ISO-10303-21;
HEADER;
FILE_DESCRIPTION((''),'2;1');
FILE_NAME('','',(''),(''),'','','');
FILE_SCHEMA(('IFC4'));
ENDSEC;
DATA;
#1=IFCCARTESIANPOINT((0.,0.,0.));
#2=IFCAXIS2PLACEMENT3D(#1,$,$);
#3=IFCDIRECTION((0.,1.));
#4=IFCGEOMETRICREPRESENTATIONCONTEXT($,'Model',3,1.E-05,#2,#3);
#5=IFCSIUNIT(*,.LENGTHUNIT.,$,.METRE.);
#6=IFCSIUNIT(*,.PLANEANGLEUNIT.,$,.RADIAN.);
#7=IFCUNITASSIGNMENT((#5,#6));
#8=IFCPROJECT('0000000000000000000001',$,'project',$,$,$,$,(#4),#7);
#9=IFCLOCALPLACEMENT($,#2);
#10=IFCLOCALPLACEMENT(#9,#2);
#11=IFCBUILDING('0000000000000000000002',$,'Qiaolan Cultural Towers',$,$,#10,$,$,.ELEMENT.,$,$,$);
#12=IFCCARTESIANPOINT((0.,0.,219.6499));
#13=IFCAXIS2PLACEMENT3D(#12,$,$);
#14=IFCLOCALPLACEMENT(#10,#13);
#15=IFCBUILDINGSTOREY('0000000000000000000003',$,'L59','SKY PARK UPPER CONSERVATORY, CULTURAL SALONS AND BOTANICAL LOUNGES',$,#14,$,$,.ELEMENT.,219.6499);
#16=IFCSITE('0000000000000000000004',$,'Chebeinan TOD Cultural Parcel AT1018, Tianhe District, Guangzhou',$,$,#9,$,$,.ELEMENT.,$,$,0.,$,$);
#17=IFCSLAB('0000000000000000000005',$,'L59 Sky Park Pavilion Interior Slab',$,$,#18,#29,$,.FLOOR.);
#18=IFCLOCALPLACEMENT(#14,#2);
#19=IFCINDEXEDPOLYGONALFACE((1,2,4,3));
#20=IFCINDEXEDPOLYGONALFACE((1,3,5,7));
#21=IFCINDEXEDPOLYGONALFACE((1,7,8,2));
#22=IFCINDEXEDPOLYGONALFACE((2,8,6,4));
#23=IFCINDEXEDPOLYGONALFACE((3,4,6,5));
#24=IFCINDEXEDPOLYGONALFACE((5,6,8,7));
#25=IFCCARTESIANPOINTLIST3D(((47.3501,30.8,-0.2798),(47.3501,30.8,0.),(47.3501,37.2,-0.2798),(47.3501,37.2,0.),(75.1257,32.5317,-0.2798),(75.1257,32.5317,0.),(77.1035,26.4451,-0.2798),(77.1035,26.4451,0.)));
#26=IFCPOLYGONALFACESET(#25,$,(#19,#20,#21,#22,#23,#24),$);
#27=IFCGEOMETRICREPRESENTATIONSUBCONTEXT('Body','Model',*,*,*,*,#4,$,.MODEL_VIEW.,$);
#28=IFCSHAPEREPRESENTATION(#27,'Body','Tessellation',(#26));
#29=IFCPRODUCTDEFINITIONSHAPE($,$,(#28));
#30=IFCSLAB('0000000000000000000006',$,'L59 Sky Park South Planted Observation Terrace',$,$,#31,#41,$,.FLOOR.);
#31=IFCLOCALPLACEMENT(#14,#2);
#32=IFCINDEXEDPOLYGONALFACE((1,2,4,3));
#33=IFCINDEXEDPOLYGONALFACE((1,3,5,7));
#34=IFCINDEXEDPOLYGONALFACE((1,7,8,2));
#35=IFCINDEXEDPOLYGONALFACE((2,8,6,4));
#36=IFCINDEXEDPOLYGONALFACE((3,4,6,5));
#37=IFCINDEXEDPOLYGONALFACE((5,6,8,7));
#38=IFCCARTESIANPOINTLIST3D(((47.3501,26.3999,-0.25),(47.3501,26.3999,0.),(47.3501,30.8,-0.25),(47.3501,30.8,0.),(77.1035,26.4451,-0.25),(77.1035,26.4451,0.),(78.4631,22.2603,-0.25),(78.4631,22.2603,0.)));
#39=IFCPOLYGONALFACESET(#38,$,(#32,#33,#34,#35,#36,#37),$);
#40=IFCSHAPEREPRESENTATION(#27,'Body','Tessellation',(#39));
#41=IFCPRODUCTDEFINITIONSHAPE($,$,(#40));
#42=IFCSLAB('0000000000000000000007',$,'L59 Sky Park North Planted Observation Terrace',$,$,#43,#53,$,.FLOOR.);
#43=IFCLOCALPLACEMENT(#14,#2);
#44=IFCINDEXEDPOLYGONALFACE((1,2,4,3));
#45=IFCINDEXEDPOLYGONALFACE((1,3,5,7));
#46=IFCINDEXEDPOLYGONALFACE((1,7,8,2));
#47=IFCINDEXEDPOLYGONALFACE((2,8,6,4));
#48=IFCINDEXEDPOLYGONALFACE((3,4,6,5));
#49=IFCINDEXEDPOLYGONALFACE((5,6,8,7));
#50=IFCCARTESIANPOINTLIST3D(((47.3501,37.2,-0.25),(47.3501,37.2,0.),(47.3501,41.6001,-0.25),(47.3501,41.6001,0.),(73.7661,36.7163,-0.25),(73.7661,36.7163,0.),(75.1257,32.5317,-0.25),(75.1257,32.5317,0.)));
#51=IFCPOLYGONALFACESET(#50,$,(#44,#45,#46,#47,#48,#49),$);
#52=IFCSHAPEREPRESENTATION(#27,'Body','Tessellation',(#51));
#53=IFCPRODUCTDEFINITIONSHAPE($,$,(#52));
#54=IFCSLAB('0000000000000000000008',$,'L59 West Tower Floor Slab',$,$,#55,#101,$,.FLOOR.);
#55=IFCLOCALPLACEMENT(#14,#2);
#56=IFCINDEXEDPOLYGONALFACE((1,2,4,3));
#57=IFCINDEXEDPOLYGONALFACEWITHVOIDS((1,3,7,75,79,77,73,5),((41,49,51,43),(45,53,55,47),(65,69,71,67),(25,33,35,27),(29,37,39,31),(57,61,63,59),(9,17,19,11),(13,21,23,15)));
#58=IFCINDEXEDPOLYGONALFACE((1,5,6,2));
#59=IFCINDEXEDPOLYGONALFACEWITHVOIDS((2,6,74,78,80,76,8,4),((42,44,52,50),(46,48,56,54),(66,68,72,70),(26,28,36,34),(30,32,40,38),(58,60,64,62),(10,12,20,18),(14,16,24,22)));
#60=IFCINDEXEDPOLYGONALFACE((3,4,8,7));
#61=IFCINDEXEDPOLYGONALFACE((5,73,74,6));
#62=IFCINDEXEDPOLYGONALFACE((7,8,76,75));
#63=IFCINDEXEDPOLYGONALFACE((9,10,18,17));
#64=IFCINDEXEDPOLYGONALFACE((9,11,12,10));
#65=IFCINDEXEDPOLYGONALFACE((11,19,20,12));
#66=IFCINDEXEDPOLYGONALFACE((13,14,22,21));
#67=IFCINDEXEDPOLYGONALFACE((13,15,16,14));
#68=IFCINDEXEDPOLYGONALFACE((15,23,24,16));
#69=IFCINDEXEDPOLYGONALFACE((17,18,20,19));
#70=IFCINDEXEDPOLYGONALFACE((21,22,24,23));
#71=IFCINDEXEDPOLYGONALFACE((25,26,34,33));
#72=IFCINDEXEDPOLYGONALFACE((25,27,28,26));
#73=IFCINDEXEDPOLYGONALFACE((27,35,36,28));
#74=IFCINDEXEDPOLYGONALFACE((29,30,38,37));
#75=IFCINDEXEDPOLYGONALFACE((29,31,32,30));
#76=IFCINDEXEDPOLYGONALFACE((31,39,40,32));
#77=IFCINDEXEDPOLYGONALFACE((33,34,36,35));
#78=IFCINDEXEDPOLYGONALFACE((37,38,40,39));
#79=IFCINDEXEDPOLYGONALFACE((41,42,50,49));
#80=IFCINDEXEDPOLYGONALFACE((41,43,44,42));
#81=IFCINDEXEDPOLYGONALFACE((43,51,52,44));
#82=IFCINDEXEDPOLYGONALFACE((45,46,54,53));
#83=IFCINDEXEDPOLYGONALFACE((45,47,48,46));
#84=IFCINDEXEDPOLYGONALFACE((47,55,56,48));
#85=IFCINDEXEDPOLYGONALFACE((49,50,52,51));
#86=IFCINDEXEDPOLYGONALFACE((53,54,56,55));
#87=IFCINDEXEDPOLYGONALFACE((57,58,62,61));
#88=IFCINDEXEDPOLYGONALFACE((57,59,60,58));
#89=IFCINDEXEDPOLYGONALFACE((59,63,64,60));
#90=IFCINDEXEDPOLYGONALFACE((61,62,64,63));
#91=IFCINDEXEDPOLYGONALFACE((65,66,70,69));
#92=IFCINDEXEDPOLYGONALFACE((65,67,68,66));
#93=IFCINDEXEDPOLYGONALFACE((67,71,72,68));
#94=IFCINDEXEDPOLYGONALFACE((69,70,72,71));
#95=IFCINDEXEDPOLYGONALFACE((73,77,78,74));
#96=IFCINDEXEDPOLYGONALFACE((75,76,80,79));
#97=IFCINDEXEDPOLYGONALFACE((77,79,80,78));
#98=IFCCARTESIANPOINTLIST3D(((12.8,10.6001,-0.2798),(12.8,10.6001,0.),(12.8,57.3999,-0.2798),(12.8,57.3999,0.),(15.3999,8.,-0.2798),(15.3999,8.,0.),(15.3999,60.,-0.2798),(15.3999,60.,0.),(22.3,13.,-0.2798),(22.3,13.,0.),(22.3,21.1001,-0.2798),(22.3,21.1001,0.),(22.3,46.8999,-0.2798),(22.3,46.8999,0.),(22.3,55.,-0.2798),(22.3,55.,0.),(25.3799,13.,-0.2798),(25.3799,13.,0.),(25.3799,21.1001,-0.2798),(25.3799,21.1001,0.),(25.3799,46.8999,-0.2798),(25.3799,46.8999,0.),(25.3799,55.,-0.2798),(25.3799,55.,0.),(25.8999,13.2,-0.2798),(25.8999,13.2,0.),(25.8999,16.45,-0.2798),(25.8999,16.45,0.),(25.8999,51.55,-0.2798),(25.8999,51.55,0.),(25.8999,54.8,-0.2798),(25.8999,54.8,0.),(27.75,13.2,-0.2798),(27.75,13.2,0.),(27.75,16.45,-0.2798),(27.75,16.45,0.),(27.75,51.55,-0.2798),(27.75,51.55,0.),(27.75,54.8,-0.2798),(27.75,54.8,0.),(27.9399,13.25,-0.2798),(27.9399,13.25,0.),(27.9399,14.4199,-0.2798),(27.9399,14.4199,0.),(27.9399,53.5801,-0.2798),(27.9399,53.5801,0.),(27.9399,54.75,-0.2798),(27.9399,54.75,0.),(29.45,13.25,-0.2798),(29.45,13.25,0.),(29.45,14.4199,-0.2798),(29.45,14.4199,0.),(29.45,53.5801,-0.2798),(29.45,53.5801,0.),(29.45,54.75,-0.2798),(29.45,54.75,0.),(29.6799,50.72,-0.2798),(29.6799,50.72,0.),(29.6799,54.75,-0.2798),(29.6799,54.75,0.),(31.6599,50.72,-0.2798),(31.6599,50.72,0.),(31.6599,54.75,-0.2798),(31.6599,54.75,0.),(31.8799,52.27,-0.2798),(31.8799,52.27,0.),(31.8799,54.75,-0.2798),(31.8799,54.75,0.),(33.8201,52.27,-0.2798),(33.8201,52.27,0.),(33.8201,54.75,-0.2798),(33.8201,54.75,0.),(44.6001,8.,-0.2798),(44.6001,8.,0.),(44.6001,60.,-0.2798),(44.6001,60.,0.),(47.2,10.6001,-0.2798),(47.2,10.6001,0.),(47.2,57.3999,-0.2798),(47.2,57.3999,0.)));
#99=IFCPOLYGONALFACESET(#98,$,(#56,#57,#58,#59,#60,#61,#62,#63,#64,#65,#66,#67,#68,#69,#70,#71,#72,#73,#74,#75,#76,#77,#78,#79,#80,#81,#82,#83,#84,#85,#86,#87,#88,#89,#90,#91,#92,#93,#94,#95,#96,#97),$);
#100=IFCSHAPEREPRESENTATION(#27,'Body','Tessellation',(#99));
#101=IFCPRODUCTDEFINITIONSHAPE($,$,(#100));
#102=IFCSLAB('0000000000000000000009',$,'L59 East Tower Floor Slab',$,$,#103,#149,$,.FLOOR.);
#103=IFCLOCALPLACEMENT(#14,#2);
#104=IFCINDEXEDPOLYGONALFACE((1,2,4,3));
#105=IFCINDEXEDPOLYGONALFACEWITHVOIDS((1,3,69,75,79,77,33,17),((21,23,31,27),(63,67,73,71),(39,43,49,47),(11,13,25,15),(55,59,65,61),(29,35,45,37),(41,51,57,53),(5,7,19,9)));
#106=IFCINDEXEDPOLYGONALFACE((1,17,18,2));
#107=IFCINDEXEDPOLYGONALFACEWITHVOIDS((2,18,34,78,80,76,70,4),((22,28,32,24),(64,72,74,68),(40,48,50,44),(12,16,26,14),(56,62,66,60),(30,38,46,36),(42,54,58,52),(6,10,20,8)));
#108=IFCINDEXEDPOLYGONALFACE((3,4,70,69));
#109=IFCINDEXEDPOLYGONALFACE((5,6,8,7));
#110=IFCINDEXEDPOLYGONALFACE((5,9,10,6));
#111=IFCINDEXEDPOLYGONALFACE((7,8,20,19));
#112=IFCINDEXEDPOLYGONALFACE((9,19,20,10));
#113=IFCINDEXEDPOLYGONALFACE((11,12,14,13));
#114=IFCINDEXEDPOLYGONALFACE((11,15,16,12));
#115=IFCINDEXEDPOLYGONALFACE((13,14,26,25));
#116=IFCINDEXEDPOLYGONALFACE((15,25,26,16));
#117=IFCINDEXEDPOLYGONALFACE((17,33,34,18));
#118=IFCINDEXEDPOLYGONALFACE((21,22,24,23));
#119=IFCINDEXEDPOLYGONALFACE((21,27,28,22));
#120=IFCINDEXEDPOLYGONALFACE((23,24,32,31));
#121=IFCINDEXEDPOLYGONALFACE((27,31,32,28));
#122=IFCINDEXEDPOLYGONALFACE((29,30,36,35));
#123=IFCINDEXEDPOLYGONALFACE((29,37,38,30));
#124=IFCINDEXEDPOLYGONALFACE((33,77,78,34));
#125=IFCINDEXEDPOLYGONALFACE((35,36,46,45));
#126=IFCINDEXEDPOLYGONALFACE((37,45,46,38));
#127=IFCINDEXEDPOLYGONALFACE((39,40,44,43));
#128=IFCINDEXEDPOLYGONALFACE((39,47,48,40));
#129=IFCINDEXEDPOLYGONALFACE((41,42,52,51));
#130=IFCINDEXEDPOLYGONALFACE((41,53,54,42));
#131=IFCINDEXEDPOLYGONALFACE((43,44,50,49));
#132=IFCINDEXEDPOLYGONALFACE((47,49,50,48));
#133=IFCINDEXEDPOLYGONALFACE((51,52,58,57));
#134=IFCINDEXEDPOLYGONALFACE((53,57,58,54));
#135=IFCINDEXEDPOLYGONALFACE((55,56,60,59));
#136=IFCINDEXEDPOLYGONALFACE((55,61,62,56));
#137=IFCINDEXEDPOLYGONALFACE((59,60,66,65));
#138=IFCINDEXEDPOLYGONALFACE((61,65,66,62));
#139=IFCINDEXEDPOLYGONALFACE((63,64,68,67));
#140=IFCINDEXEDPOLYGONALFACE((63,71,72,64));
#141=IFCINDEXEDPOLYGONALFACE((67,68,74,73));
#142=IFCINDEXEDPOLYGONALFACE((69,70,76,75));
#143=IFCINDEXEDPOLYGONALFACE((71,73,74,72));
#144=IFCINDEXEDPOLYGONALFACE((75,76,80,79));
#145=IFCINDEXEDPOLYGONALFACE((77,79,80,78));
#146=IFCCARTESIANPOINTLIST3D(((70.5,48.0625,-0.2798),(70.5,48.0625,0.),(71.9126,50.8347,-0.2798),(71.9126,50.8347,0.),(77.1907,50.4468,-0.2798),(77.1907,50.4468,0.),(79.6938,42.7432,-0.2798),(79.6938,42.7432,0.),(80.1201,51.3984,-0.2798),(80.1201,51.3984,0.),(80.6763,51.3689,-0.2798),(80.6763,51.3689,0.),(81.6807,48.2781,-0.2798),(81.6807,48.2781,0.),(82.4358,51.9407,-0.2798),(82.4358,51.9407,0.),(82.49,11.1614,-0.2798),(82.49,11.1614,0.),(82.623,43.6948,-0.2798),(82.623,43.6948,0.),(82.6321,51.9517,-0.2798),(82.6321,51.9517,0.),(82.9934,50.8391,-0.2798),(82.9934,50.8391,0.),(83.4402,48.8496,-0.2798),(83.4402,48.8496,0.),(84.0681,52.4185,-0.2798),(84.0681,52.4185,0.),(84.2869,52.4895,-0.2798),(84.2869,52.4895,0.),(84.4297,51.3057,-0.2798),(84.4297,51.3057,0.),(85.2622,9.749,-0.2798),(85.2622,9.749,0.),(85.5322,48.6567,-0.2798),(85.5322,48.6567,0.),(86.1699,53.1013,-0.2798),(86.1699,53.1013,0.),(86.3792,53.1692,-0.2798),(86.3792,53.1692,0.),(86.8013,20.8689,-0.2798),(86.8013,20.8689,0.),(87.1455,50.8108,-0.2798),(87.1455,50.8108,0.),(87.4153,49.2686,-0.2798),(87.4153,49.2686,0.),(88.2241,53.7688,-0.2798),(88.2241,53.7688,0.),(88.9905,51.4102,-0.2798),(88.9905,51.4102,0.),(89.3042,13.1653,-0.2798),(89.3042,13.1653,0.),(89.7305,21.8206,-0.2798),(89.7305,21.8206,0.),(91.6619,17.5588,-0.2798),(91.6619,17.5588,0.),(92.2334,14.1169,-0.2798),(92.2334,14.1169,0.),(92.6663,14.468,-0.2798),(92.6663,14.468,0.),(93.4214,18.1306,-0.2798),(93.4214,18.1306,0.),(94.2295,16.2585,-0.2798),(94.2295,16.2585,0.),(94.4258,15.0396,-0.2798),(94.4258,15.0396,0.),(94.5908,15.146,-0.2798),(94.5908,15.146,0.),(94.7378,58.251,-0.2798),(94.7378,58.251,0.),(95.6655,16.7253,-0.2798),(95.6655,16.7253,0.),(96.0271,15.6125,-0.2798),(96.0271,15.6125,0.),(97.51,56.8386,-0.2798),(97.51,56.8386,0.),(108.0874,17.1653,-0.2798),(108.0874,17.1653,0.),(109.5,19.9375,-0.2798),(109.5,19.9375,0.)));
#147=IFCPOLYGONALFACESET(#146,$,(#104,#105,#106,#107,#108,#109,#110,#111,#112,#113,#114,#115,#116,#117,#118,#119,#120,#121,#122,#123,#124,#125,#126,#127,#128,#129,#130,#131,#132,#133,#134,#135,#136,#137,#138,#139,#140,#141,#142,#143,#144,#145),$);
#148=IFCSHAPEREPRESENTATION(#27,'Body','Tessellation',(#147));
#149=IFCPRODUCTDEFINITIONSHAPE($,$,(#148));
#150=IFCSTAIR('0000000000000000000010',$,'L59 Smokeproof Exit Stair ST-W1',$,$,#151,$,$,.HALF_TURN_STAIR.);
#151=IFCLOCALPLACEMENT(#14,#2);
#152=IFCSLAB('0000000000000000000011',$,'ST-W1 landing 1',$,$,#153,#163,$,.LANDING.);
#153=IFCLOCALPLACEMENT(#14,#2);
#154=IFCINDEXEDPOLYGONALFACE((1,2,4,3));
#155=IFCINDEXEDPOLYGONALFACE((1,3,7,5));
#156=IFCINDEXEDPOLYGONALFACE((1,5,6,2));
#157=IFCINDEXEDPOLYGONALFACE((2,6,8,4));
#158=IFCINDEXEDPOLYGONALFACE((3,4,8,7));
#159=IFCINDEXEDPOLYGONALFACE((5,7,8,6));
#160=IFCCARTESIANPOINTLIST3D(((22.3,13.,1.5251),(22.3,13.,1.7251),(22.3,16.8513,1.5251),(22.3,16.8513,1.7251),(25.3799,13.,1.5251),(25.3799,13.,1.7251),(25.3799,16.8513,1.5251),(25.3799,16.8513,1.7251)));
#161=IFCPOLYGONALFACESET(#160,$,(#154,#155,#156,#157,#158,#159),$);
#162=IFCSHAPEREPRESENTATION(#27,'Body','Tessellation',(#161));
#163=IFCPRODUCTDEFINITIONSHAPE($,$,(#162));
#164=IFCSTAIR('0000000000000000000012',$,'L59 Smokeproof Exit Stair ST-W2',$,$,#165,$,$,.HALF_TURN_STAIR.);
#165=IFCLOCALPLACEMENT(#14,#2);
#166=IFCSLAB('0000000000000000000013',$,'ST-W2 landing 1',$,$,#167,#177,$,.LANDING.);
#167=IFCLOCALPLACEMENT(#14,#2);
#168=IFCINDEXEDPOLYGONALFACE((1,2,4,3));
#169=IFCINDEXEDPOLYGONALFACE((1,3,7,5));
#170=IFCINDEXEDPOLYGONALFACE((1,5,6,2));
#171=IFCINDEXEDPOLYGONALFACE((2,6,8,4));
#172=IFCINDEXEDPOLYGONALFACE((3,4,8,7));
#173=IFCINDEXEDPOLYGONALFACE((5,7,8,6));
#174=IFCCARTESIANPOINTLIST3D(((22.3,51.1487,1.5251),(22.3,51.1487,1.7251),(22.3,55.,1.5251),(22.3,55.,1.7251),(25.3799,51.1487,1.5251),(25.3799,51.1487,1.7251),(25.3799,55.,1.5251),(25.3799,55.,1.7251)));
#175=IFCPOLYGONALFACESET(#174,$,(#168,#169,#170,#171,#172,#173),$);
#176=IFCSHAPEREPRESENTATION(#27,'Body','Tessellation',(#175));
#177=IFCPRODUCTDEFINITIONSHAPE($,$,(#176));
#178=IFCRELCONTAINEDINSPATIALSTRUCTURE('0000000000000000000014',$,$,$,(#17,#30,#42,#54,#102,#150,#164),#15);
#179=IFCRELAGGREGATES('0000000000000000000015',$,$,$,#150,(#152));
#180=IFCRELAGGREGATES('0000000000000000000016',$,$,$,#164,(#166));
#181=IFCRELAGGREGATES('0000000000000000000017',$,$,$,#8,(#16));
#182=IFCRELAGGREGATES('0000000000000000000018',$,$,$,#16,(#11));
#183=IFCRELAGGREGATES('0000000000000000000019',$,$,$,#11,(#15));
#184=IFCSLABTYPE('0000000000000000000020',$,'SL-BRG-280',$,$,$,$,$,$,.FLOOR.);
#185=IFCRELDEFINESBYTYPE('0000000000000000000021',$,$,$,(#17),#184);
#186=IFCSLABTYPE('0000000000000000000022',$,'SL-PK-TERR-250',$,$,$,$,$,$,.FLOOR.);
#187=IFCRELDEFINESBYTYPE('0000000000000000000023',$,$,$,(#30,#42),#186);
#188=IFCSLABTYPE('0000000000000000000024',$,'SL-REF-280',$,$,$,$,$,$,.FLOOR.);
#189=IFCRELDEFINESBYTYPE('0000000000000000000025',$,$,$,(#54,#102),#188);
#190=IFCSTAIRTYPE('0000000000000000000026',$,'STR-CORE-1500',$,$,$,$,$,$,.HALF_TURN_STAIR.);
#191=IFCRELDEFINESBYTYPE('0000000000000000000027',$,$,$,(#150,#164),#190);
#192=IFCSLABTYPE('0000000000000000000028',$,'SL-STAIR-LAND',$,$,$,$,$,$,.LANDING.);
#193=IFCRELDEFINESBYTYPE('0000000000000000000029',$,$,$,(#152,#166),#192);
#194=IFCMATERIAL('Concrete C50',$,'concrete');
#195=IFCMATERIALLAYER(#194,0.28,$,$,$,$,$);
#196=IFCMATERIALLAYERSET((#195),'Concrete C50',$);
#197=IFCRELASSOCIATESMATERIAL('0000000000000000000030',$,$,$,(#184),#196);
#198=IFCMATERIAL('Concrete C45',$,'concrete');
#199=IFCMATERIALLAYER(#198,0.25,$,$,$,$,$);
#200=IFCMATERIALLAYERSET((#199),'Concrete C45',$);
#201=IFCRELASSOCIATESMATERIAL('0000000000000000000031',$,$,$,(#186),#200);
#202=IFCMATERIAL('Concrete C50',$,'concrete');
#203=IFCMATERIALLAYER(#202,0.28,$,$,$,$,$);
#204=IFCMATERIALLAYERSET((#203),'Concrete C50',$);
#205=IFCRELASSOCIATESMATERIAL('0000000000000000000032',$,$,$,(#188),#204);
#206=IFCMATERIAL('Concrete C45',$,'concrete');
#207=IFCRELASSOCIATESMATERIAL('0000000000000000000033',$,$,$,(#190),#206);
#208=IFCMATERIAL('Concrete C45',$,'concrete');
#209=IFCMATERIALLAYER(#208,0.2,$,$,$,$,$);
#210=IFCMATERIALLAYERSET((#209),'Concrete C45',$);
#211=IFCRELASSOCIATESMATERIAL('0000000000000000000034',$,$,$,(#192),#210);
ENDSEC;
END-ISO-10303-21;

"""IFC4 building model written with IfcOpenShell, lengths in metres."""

from ifc_helpers import new_model, si_unit, direction, frame, origin, place, context, subcontext, project, spatial, polyline, outline, extrude, material, layer, layer_set, type_object, element, aggregate, save


model = new_model("IFC4")

# Units and contexts
model_context = context("Model", 3, precision=1e-05, world=origin(), true_north=direction((0.0, 1.0)))
body_context = subcontext(model_context, "Body", "Model", "MODEL_VIEW")
ifc_project = project(units=[si_unit("LENGTHUNIT", "METRE"), si_unit("PLANEANGLEUNIT", "RADIAN")], contexts=[model_context])

# Site, building, storey
site_placement = place(None, origin())
site = spatial("IfcSite", under=ifc_project, at=site_placement, Name="Chebeinan TOD Cultural Parcel AT1018, Tianhe District, Guangzhou", CompositionType="ELEMENT", RefElevation=0.0)
building_placement = place(site_placement, origin())
building = spatial("IfcBuilding", under=site, at=building_placement, Name="Qiaolan Cultural Towers", CompositionType="ELEMENT")
storey_placement = place(building_placement, frame((0.0, 0.0, 219.6499)))
storey = spatial("IfcBuildingStorey", under=building, at=storey_placement, Name="L59", Description="SKY PARK UPPER CONSERVATORY, CULTURAL SALONS AND BOTANICAL LOUNGES", CompositionType="ELEMENT", Elevation=219.6499)

# Slabs
ifc_material_1 = material(Name="Concrete C50", Category="concrete")
ifc_layer_1 = layer(ifc_material_1, 0.28)
ifc_layer_set_1 = layer_set([ifc_layer_1], Name="Concrete C50")
slab_type_1 = type_object("IfcSlabType", Name="SL-BRG-280", PredefinedType="FLOOR", material=ifc_layer_set_1)
slab_1_placement = place(storey_placement, frame((0.0, 0.0, -0.2798)))
element("IfcSlab", 1, at=slab_1_placement, inside=storey, type_object=slab_type_1, Name="L59 Sky Park Pavilion Interior Slab", PredefinedType="FLOOR", context=body_context, shape_type="SweptSolid", body=[
    extrude(outline(polyline([(47.3501, 30.8), (77.1035, 26.4451), (75.1257, 32.5317), (47.3501, 37.2), (47.3501, 30.8)])), origin(), (0.0, 0.0, 1.0), 0.2798),
])
ifc_material_2 = material(Name="Concrete C45", Category="concrete")
ifc_layer_2 = layer(ifc_material_2, 0.25)
ifc_layer_set_2 = layer_set([ifc_layer_2], Name="Concrete C45")
slab_type_2 = type_object("IfcSlabType", Name="SL-PK-TERR-250", PredefinedType="FLOOR", material=ifc_layer_set_2)
slab_2_placement = place(storey_placement, frame((0.0, 0.0, -0.25)))
element("IfcSlab", 2, at=slab_2_placement, inside=storey, type_object=slab_type_2, Name="L59 Sky Park South Planted Observation Terrace", PredefinedType="FLOOR", context=body_context, shape_type="SweptSolid", body=[
    extrude(outline(polyline([(47.3501, 26.3999), (78.4631, 22.2603), (77.1035, 26.4451), (47.3501, 30.8), (47.3501, 26.3999)])), origin(), (0.0, 0.0, 1.0), 0.25),
])
slab_3_placement = place(storey_placement, frame((0.0, 0.0, -0.25)))
element("IfcSlab", 3, at=slab_3_placement, inside=storey, type_object=slab_type_2, Name="L59 Sky Park North Planted Observation Terrace", PredefinedType="FLOOR", context=body_context, shape_type="SweptSolid", body=[
    extrude(outline(polyline([(47.3501, 37.2), (75.1257, 32.5317), (73.7661, 36.7163), (47.3501, 41.6001), (47.3501, 37.2)])), origin(), (0.0, 0.0, 1.0), 0.25),
])
ifc_material_3 = material(Name="Concrete C50", Category="concrete")
ifc_layer_3 = layer(ifc_material_3, 0.28)
ifc_layer_set_3 = layer_set([ifc_layer_3], Name="Concrete C50")
slab_type_3 = type_object("IfcSlabType", Name="SL-REF-280", PredefinedType="FLOOR", material=ifc_layer_set_3)
slab_4_placement = place(storey_placement, frame((0.0, 0.0, -0.2798)))
element("IfcSlab", 4, at=slab_4_placement, inside=storey, type_object=slab_type_3, Name="L59 West Tower Floor Slab", PredefinedType="FLOOR", context=body_context, shape_type="SweptSolid", body=[
    extrude(outline(polyline([(15.3999, 8.0), (44.6001, 8.0), (47.2, 10.6001), (47.2, 57.3999), (44.6001, 60.0), (15.3999, 60.0), (12.8, 57.3999), (12.8, 10.6001), (15.3999, 8.0)]), holes=[polyline([(22.3, 21.1001), (22.3, 13.0), (25.3799, 13.0), (25.3799, 21.1001), (22.3, 21.1001)]), polyline([(25.3799, 46.8999), (25.3799, 55.0), (22.3, 55.0), (22.3, 46.8999), (25.3799, 46.8999)]), polyline([(25.8999, 13.2), (27.75, 13.2), (27.75, 16.45), (25.8999, 16.45), (25.8999, 13.2)]), polyline([(27.9399, 13.25), (29.45, 13.25), (29.45, 14.4199), (27.9399, 14.4199), (27.9399, 13.25)]), polyline([(25.8999, 51.55), (27.75, 51.55), (27.75, 54.8), (25.8999, 54.8), (25.8999, 51.55)]), polyline([(27.9399, 53.5801), (29.45, 53.5801), (29.45, 54.75), (27.9399, 54.75), (27.9399, 53.5801)]), polyline([(31.8799, 52.27), (33.8201, 52.27), (33.8201, 54.75), (31.8799, 54.75), (31.8799, 52.27)]), polyline([(29.6799, 50.72), (31.6599, 50.72), (31.6599, 54.75), (29.6799, 54.75), (29.6799, 50.72)])]), origin(), (0.0, 0.0, 1.0), 0.2798),
])
slab_5_placement = place(storey_placement, frame((0.0, 0.0, -0.2798)))
element("IfcSlab", 5, at=slab_5_placement, inside=storey, type_object=slab_type_3, Name="L59 East Tower Floor Slab", PredefinedType="FLOOR", context=body_context, shape_type="SweptSolid", body=[
    extrude(outline(polyline([(85.2622, 9.749), (108.0874, 17.1653), (109.5, 19.9375), (97.51, 56.8386), (94.7378, 58.251), (71.9126, 50.8347), (70.5, 48.0625), (82.49, 11.1614), (85.2622, 9.749)]), holes=[polyline([(86.8013, 20.8689), (89.3042, 13.1653), (92.2334, 14.1169), (89.7305, 21.8206), (86.8013, 20.8689)]), polyline([(82.623, 43.6948), (80.1201, 51.3984), (77.1907, 50.4468), (79.6938, 42.7432), (82.623, 43.6948)]), polyline([(92.6663, 14.468), (94.4258, 15.0396), (93.4214, 18.1306), (91.6619, 17.5588), (92.6663, 14.468)]), polyline([(94.5908, 15.146), (96.0271, 15.6125), (95.6655, 16.7253), (94.2295, 16.2585), (94.5908, 15.146)]), polyline([(81.6807, 48.2781), (83.4402, 48.8496), (82.4358, 51.9407), (80.6763, 51.3689), (81.6807, 48.2781)]), polyline([(82.9934, 50.8391), (84.4297, 51.3057), (84.0681, 52.4185), (82.6321, 51.9517), (82.9934, 50.8391)]), polyline([(87.1455, 50.8108), (88.9905, 51.4102), (88.2241, 53.7688), (86.3792, 53.1692), (87.1455, 50.8108)]), polyline([(85.5322, 48.6567), (87.4153, 49.2686), (86.1699, 53.1013), (84.2869, 52.4895), (85.5322, 48.6567)])]), origin(), (0.0, 0.0, 1.0), 0.2798),
])

# Stairs, slabs
ifc_material_4 = material(Name="Concrete C45", Category="concrete")
stair_type = type_object("IfcStairType", Name="STR-CORE-1500", PredefinedType="HALF_TURN_STAIR", material=ifc_material_4)
stair_1_placement = place(storey_placement, origin())
stair_1 = element("IfcStair", 6, at=stair_1_placement, inside=storey, type_object=stair_type, Name="L59 Smokeproof Exit Stair ST-W1", PredefinedType="HALF_TURN_STAIR")
ifc_material_5 = material(Name="Concrete C45", Category="concrete")
ifc_layer_4 = layer(ifc_material_5, 0.2)
ifc_layer_set_4 = layer_set([ifc_layer_4], Name="Concrete C45")
slab_type_4 = type_object("IfcSlabType", Name="SL-STAIR-LAND", PredefinedType="LANDING", material=ifc_layer_set_4)
slab_6_placement = place(storey_placement, frame((0.0, 0.0, 1.5251)))
slab_6 = element("IfcSlab", 7, at=slab_6_placement, type_object=slab_type_4, Name="ST-W1 landing 1", PredefinedType="LANDING", context=body_context, shape_type="SweptSolid", body=[
    extrude(outline(polyline([(22.3, 16.8513), (22.3, 13.0), (25.3799, 13.0), (25.3799, 16.8513), (22.3, 16.8513)])), origin(), (0.0, 0.0, 1.0), 0.2),
])
aggregate(stair_1, [slab_6])
stair_2_placement = place(storey_placement, origin())
stair_2 = element("IfcStair", 8, at=stair_2_placement, inside=storey, type_object=stair_type, Name="L59 Smokeproof Exit Stair ST-W2", PredefinedType="HALF_TURN_STAIR")
slab_7_placement = place(storey_placement, frame((0.0, 0.0, 1.5251)))
slab_7 = element("IfcSlab", 9, at=slab_7_placement, type_object=slab_type_4, Name="ST-W2 landing 1", PredefinedType="LANDING", context=body_context, shape_type="SweptSolid", body=[
    extrude(outline(polyline([(25.3799, 51.1487), (25.3799, 55.0), (22.3, 55.0), (22.3, 51.1487), (25.3799, 51.1487)])), origin(), (0.0, 0.0, 1.0), 0.2),
])
aggregate(stair_2, [slab_7])

save(model, "model.ifc")
